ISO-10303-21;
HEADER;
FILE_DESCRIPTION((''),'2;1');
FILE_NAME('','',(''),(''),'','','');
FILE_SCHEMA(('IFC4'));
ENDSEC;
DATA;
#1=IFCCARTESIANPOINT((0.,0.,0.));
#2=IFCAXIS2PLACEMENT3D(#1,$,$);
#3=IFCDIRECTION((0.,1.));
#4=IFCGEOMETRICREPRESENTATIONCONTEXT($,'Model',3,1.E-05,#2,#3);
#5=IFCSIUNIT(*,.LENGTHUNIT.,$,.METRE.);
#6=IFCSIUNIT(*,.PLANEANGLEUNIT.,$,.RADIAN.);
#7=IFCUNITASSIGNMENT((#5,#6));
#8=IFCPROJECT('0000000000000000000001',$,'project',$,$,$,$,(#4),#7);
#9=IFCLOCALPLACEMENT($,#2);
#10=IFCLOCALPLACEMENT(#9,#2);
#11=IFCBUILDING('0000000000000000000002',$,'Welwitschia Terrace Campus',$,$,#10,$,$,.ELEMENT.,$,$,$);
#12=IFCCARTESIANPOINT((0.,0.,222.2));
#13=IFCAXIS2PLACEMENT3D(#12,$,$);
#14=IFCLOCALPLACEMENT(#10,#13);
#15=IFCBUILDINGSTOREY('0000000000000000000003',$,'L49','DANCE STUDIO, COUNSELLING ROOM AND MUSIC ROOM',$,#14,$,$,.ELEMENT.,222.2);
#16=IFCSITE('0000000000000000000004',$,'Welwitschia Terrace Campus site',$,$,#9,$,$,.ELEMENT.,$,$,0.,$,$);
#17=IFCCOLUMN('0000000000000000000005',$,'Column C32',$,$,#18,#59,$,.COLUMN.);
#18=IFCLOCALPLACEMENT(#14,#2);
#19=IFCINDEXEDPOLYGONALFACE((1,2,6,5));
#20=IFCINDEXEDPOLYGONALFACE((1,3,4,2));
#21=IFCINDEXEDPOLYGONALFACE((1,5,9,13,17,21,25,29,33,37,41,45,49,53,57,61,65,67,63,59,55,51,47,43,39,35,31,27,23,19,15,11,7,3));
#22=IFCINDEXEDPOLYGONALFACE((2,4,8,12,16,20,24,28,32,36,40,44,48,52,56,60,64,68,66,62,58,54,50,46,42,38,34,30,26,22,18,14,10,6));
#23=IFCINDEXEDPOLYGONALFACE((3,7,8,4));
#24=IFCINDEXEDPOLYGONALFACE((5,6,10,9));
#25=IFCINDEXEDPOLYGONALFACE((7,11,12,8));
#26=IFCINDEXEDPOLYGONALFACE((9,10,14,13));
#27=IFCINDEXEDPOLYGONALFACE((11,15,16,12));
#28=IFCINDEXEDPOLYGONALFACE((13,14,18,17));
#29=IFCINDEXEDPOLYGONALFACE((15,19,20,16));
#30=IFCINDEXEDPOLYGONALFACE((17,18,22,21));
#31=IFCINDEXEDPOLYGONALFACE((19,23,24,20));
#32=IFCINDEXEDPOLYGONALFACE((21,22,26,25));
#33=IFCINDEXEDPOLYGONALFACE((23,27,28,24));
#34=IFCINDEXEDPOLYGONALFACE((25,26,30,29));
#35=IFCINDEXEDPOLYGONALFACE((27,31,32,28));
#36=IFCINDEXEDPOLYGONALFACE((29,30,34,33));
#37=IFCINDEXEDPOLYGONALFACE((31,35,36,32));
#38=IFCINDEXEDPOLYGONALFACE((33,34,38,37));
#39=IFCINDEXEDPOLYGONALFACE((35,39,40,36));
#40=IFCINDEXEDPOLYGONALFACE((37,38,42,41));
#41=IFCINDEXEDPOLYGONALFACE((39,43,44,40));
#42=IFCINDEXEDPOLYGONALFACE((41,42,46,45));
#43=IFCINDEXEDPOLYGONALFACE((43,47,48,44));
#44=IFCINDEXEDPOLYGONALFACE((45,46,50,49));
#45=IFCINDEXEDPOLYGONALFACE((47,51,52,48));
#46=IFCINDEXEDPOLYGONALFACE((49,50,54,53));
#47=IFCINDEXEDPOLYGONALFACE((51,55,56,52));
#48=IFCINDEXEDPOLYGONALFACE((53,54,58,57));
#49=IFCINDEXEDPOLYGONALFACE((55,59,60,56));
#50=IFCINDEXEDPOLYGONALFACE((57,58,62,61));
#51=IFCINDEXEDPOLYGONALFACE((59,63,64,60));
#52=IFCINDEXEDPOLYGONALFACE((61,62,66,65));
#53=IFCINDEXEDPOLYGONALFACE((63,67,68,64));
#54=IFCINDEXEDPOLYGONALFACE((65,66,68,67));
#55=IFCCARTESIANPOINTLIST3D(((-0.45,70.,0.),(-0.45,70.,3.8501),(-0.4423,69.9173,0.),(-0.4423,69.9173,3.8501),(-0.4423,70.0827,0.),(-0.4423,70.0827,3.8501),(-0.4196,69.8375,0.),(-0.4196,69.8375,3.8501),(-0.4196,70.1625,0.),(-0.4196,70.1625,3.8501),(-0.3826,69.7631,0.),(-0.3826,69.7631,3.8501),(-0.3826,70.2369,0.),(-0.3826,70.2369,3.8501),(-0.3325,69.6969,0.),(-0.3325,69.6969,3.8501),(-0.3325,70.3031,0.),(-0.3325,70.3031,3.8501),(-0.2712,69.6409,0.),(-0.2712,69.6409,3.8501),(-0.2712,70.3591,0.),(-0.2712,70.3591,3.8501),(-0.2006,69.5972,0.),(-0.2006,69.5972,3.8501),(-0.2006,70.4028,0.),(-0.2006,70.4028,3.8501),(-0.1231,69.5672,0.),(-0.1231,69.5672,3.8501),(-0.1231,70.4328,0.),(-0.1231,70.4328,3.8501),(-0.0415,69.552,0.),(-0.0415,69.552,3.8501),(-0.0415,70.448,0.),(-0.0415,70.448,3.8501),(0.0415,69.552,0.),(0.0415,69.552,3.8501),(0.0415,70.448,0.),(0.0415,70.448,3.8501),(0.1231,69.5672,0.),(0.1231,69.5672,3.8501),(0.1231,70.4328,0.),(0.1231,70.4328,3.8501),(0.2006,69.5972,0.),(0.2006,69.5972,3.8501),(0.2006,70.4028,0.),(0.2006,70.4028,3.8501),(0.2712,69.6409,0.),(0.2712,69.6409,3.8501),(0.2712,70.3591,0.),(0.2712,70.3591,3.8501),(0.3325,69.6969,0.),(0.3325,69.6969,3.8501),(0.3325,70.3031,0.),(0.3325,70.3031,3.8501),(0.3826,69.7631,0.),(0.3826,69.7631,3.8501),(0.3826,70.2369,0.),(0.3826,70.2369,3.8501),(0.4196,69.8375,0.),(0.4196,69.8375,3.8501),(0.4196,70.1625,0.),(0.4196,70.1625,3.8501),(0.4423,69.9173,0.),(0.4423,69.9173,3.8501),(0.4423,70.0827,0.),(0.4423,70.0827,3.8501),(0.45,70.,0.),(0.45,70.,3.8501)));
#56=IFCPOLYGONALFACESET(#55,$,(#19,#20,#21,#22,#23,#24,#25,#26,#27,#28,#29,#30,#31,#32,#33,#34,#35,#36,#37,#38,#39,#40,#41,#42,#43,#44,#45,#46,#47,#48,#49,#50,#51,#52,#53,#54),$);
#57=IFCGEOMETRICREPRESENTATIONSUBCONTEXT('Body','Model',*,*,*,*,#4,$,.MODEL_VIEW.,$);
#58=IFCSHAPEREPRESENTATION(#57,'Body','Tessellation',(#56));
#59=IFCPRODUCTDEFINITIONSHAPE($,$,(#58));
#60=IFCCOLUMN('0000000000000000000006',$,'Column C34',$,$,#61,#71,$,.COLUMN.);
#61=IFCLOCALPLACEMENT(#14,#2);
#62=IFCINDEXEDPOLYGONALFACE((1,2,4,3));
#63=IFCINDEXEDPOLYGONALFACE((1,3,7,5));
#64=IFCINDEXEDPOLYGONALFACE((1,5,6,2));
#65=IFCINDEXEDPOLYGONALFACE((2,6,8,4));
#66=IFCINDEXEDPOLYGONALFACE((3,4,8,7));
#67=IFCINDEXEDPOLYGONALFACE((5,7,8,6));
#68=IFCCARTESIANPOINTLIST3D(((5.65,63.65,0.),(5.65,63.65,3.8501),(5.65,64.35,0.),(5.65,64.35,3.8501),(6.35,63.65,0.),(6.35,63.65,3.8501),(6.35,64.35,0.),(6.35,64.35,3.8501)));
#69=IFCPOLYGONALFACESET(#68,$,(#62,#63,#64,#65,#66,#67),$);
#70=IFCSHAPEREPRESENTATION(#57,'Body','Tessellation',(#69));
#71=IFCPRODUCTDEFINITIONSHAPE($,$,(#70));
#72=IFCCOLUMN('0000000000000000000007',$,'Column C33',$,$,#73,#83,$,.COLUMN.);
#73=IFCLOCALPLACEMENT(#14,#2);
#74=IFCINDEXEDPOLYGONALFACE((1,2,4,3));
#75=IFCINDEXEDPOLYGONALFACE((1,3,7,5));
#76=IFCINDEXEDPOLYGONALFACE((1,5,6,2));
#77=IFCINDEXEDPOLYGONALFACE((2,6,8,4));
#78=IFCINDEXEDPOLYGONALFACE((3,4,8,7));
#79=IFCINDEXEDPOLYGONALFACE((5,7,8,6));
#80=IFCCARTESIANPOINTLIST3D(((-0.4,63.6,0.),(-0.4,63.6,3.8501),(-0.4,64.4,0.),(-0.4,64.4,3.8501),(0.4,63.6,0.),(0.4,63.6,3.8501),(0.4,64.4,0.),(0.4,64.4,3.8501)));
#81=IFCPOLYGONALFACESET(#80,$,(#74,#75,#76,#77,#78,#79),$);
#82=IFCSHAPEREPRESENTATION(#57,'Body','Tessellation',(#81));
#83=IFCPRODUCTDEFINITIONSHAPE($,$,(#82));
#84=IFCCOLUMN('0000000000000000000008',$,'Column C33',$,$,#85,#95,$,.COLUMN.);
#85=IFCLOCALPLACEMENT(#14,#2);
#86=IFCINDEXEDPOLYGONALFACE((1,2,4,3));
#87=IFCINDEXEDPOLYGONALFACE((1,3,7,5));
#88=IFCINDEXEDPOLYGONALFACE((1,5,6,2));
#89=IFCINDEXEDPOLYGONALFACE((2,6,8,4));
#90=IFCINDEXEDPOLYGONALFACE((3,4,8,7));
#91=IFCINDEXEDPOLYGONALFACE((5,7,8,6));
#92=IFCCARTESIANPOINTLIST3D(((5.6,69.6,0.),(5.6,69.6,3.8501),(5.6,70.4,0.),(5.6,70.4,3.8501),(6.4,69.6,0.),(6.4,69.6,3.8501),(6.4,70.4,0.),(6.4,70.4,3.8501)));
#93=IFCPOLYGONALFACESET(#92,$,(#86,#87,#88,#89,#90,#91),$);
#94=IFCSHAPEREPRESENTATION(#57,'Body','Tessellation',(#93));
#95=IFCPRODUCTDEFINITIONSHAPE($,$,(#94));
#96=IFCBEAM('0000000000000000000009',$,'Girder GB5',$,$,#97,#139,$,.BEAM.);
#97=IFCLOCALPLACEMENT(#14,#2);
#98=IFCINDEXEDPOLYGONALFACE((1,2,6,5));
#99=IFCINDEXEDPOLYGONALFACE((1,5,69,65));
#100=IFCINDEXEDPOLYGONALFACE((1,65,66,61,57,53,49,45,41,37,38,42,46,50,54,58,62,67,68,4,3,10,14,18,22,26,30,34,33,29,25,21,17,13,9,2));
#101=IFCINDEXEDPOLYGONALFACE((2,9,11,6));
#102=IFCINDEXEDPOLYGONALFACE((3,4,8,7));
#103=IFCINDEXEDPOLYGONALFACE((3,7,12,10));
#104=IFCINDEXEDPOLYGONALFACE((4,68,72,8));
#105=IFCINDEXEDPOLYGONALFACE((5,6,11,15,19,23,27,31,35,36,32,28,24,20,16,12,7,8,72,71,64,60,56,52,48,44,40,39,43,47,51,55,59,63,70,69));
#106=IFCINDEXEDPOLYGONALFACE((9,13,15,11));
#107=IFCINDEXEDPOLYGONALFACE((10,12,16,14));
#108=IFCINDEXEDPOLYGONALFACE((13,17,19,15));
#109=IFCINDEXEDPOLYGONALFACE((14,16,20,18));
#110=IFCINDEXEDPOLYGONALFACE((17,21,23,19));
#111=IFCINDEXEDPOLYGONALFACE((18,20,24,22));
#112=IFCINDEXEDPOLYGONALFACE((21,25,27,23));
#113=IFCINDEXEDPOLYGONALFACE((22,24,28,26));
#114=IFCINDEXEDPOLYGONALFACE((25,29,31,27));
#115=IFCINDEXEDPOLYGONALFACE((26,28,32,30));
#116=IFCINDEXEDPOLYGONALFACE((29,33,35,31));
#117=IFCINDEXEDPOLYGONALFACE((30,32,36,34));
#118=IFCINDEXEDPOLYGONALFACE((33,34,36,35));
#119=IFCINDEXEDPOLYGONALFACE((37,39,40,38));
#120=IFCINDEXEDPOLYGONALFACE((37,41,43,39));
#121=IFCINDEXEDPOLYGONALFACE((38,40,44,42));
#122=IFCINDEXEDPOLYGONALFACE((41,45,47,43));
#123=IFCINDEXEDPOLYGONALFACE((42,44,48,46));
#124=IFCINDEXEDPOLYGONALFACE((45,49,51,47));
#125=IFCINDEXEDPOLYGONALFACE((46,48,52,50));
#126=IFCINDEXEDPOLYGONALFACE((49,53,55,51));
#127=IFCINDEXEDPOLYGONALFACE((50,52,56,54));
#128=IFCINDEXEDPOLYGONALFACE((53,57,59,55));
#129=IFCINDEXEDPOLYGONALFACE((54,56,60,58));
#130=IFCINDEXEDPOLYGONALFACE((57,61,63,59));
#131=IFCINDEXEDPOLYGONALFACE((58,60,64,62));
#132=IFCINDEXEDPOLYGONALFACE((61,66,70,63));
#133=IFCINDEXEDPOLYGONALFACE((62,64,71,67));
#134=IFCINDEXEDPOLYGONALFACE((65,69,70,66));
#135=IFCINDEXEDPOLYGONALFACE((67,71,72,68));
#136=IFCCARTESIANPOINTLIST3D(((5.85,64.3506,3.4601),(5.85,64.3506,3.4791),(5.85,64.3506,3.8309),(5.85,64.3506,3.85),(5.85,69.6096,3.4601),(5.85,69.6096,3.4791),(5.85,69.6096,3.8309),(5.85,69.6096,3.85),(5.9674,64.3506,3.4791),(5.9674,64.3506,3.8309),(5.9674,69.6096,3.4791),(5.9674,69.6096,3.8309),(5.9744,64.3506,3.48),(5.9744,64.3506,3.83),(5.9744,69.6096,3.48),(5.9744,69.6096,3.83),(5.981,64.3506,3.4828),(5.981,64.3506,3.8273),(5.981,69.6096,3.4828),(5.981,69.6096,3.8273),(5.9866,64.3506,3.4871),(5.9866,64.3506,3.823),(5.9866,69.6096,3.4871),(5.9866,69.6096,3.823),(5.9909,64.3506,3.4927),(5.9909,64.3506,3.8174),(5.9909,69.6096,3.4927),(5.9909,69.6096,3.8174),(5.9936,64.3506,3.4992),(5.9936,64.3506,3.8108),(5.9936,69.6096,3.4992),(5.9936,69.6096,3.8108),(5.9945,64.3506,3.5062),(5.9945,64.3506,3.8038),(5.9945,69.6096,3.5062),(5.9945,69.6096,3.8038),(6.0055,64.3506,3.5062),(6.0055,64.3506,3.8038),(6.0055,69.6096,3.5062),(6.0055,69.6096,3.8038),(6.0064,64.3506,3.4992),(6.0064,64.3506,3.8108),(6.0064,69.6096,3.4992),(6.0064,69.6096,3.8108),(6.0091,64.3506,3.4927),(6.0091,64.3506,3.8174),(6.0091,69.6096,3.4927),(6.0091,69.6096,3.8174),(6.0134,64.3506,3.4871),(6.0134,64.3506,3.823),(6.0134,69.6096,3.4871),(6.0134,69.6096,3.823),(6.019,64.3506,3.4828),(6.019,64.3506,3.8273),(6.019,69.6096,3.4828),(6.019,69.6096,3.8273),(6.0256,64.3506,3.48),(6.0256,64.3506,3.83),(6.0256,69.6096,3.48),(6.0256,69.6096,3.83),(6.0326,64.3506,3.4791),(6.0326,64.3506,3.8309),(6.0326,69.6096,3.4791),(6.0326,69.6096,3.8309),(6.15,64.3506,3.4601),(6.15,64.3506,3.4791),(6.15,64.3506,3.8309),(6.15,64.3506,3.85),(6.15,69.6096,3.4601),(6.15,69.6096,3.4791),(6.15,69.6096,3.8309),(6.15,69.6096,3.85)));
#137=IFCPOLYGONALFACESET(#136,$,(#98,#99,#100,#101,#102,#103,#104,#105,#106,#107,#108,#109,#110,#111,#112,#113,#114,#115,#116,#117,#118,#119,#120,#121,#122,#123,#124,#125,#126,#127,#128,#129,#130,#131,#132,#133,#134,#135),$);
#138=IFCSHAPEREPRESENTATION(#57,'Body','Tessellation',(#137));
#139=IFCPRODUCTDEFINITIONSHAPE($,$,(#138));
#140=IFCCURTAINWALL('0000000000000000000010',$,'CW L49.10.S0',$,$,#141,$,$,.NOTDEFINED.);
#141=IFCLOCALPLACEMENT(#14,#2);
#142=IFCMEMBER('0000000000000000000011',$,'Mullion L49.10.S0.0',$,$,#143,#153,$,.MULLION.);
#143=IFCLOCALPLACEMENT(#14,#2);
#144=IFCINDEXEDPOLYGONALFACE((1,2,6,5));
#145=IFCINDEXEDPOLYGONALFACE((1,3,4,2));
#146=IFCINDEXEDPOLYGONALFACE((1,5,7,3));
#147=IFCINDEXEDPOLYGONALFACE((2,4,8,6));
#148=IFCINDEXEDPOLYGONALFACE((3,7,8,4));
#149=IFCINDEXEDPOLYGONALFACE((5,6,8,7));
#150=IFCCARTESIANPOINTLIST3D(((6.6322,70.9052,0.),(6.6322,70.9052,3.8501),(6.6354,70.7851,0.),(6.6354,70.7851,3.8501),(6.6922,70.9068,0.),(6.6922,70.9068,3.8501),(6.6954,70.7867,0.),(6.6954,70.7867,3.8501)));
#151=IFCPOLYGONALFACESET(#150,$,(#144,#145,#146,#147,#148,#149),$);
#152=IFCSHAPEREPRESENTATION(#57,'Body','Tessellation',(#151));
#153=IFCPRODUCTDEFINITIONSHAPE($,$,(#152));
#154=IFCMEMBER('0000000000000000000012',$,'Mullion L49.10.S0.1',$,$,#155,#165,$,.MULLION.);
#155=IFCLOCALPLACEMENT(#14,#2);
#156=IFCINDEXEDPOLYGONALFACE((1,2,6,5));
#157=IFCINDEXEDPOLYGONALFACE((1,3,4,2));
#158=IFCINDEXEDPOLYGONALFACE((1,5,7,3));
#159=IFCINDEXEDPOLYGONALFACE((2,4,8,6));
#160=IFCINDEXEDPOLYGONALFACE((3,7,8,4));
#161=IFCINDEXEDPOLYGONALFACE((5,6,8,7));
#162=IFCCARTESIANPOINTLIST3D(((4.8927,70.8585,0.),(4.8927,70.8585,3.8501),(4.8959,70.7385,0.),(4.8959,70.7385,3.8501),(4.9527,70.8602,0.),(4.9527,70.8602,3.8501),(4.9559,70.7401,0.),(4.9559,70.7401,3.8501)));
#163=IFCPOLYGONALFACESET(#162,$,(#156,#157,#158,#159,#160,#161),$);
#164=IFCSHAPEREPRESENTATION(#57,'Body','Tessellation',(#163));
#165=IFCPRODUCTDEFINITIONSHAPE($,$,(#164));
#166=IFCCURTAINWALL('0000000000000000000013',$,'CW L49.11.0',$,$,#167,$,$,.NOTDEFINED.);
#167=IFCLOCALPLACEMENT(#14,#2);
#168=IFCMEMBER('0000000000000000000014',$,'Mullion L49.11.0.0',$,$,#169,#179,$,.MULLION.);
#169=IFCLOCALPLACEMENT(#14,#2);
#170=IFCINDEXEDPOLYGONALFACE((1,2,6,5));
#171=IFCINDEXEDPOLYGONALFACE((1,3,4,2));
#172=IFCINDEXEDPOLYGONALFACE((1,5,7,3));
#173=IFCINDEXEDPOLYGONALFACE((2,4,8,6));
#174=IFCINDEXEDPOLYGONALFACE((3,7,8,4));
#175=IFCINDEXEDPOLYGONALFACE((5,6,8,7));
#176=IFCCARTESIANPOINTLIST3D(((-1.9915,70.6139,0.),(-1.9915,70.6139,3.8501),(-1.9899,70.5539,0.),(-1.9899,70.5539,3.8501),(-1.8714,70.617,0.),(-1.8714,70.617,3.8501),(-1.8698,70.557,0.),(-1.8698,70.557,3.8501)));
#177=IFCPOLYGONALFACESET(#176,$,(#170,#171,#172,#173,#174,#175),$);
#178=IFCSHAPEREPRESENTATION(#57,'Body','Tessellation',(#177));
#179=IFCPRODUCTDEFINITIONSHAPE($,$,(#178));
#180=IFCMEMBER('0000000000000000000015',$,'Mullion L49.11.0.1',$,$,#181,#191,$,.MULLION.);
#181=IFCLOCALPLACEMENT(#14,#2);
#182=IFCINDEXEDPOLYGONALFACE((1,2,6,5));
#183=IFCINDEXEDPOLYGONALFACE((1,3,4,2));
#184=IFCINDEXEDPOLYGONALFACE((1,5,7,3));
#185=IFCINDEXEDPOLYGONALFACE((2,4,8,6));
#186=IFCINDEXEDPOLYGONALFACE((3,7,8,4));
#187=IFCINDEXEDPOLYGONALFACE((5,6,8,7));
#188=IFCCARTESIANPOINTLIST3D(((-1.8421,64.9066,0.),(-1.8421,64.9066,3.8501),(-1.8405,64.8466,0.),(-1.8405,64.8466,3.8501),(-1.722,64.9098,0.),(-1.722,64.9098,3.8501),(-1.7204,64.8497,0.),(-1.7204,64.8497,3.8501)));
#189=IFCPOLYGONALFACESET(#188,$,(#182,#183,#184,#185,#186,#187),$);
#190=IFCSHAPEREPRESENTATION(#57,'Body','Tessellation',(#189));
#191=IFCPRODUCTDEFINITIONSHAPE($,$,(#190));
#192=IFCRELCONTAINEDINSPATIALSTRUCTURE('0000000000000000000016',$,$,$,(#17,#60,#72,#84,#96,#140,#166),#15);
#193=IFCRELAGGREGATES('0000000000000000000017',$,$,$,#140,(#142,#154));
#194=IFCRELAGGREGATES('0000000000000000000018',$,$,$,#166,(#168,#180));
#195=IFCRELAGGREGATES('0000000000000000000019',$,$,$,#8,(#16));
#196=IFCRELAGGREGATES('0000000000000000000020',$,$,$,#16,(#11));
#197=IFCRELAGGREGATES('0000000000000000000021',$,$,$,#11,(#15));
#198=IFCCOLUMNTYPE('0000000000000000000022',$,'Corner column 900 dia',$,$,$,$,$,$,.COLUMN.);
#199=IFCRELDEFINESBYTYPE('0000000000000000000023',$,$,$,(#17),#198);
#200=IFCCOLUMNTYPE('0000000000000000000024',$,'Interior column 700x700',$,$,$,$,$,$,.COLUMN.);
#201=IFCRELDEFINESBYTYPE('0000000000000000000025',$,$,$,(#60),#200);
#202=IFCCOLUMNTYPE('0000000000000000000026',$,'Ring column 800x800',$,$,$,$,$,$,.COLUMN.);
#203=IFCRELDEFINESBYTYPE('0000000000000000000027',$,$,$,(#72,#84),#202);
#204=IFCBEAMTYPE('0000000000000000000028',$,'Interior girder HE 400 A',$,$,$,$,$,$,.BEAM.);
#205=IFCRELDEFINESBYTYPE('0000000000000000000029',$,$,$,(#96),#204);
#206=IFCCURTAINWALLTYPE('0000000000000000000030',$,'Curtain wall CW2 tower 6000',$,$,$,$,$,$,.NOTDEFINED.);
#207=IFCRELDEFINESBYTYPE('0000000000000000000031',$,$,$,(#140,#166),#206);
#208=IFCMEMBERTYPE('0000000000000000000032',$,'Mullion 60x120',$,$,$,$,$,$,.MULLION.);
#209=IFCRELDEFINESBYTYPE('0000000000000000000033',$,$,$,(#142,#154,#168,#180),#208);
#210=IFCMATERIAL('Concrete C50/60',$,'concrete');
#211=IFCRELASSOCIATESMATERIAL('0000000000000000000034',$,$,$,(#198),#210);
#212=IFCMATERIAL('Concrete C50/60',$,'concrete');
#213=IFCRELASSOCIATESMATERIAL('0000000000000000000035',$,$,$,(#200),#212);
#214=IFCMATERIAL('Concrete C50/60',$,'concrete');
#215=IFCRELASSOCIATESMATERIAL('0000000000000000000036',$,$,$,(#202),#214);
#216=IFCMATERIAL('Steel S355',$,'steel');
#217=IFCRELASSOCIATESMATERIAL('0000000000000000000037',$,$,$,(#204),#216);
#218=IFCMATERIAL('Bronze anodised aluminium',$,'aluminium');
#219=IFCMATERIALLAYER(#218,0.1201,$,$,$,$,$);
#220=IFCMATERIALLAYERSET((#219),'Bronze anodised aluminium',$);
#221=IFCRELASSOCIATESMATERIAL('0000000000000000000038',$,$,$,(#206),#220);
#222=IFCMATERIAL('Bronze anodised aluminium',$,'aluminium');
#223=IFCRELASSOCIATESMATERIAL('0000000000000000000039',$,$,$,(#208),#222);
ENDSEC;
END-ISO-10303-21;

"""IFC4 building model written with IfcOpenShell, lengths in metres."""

from ifc_helpers import new_model, si_unit, direction, frame, origin, origin_2d, place, context, subcontext, project, spatial, rectangle, circle, i_section, extrude, material, layer, layer_set, material_profile, profile_set, type_object, element, aggregate, save


model = new_model("IFC4")

# Units and contexts
model_context = context("Model", 3, precision=1e-05, world=origin(), true_north=direction((0.0, 1.0)))
body_context = subcontext(model_context, "Body", "Model", "MODEL_VIEW")
ifc_project = project(units=[si_unit("LENGTHUNIT", "METRE"), si_unit("PLANEANGLEUNIT", "RADIAN")], contexts=[model_context])

# Site, building, storey
site_placement = place(None, origin())
site = spatial("IfcSite", under=ifc_project, at=site_placement, Name="Welwitschia Terrace Campus site", CompositionType="ELEMENT", RefElevation=0.0)
building_placement = place(site_placement, origin())
building = spatial("IfcBuilding", under=site, at=building_placement, Name="Welwitschia Terrace Campus", CompositionType="ELEMENT")
storey_placement = place(building_placement, frame((0.0, 0.0, 222.2)))
storey = spatial("IfcBuildingStorey", under=building, at=storey_placement, Name="L49", Description="DANCE STUDIO, COUNSELLING ROOM AND MUSIC ROOM", CompositionType="ELEMENT", Elevation=222.2)

# Columns
ifc_material_1 = material(Name="Concrete C50/60", Category="concrete")
ifc_material_profile_1 = material_profile(ifc_material_1, circle(Radius=0.45, at=origin_2d()))
ifc_profile_set_1 = profile_set([ifc_material_profile_1], Name="Concrete C50/60")
column_type_1 = type_object("IfcColumnType", Name="Corner column 900 dia", PredefinedType="COLUMN", material=ifc_profile_set_1)
column_1_placement = place(storey_placement, frame((0.0, 70.0, 0.0), z_axis=(0.0, 0.0, 1.0), x_axis=(1.0, 0.0, 0.0)))
element("IfcColumn", 1, at=column_1_placement, inside=storey, type_object=column_type_1, Name="Column C32", PredefinedType="COLUMN", context=body_context, shape_type="SweptSolid", body=[
    extrude(circle(Radius=0.45, at=origin_2d()), origin(), (0.0, 0.0, 1.0), 3.8501),
])
ifc_material_2 = material(Name="Concrete C50/60", Category="concrete")
ifc_material_profile_2 = material_profile(ifc_material_2, rectangle(XDim=0.7, YDim=0.7, at=origin_2d()))
ifc_profile_set_2 = profile_set([ifc_material_profile_2], Name="Concrete C50/60")
column_type_2 = type_object("IfcColumnType", Name="Interior column 700x700", PredefinedType="COLUMN", material=ifc_profile_set_2)
column_2_placement = place(storey_placement, frame((6.0, 64.0, 0.0), z_axis=(0.0, 0.0, 1.0), x_axis=(1.0, 0.0, 0.0)))
element("IfcColumn", 2, at=column_2_placement, inside=storey, type_object=column_type_2, Name="Column C34", PredefinedType="COLUMN", context=body_context, shape_type="SweptSolid", body=[
    extrude(rectangle(XDim=0.7, YDim=0.7, at=origin_2d()), origin(), (0.0, 0.0, 1.0), 3.8501),
])
ifc_material_3 = material(Name="Concrete C50/60", Category="concrete")
ifc_material_profile_3 = material_profile(ifc_material_3, rectangle(XDim=0.8, YDim=0.8, at=origin_2d()))
ifc_profile_set_3 = profile_set([ifc_material_profile_3], Name="Concrete C50/60")
column_type_3 = type_object("IfcColumnType", Name="Ring column 800x800", PredefinedType="COLUMN", material=ifc_profile_set_3)
for number, where, z_axis, x_axis, name in (
    (3, (0.0, 64.0, 0.0), (0.0, 0.0, 1.0), (1.0, 0.0, 0.0), "Column C33"),
    (4, (6.0, 70.0, 0.0), (0.0, 0.0, 1.0), (1.0, 0.0, 0.0), "Column C33"),
):
    element("IfcColumn", number, at=place(storey_placement, frame(where, z_axis=z_axis, x_axis=x_axis)), inside=storey, type_object=column_type_3, Name=name, PredefinedType="COLUMN", context=body_context, shape_type="SweptSolid", body=[
        extrude(rectangle(XDim=0.8, YDim=0.8, at=origin_2d()), origin(), (0.0, 0.0, 1.0), 3.8501),
    ])

# Beam
ifc_material_4 = material(Name="Steel S355", Category="steel")
ifc_material_profile_4 = material_profile(ifc_material_4, i_section(OverallWidth=0.3, OverallDepth=0.3899, WebThickness=0.011, FlangeThickness=0.019, FilletRadius=0.0271, at=origin_2d()))
ifc_profile_set_4 = profile_set([ifc_material_profile_4], Name="Steel S355")
beam_type_1 = type_object("IfcBeamType", Name="Interior girder HE 400 A", PredefinedType="BEAM", material=ifc_profile_set_4)
beam_1_placement = place(storey_placement, frame((6.0, 64.3506, 3.655), z_axis=(0.0, 1.0, 0.0), x_axis=(-1.0, 0.0, 0.0)))
element("IfcBeam", 5, at=beam_1_placement, inside=storey, type_object=beam_type_1, Name="Girder GB5", PredefinedType="BEAM", context=body_context, shape_type="SweptSolid", body=[
    extrude(i_section(OverallWidth=0.3, OverallDepth=0.3899, WebThickness=0.011, FlangeThickness=0.019, FilletRadius=0.0271, at=origin_2d()), origin(), (0.0, 0.0, 1.0), 5.259),
])

# Curtain walls, members
ifc_material_5 = material(Name="Bronze anodised aluminium", Category="aluminium")
ifc_layer_1 = layer(ifc_material_5, 0.1201)
ifc_layer_set_1 = layer_set([ifc_layer_1], Name="Bronze anodised aluminium")
curtain_wall_type = type_object("IfcCurtainWallType", Name="Curtain wall CW2 tower 6000", PredefinedType="NOTDEFINED", material=ifc_layer_set_1)
curtain_wall_1_placement = place(storey_placement, origin())
curtain_wall_1 = element("IfcCurtainWall", 6, at=curtain_wall_1_placement, inside=storey, type_object=curtain_wall_type, Name="CW L49.10.S0", PredefinedType="NOTDEFINED")
ifc_material_6 = material(Name="Bronze anodised aluminium", Category="aluminium")
ifc_material_profile_5 = material_profile(ifc_material_6, rectangle(XDim=0.1201, YDim=0.0601, at=origin_2d()))
ifc_profile_set_5 = profile_set([ifc_material_profile_5], Name="Bronze anodised aluminium")
member_type_1 = type_object("IfcMemberType", Name="Mullion 60x120", PredefinedType="MULLION", material=ifc_profile_set_5)
member_1_placement = place(storey_placement, frame((6.6638, 70.8459, 0.0), z_axis=(0.0, 0.0, 1.0), x_axis=(0.026824, -0.99964, 0.0)))
member_1 = element("IfcMember", 7, at=member_1_placement, type_object=member_type_1, Name="Mullion L49.10.S0.0", PredefinedType="MULLION", context=body_context, shape_type="SweptSolid", body=[
    extrude(rectangle(XDim=0.1201, YDim=0.0601, at=origin_2d()), origin(), (0.0, 0.0, 1.0), 3.8501),
])
member_2_placement = place(storey_placement, frame((4.9243, 70.7993, 0.0), z_axis=(0.0, 0.0, 1.0), x_axis=(0.026824, -0.99964, 0.0)))
member_2 = element("IfcMember", 8, at=member_2_placement, type_object=member_type_1, Name="Mullion L49.10.S0.1", PredefinedType="MULLION", context=body_context, shape_type="SweptSolid", body=[
    extrude(rectangle(XDim=0.1201, YDim=0.0601, at=origin_2d()), origin(), (0.0, 0.0, 1.0), 3.8501),
])
curtain_wall_2_placement = place(storey_placement, origin())
curtain_wall_2 = element("IfcCurtainWall", 9, at=curtain_wall_2_placement, inside=storey, type_object=curtain_wall_type, Name="CW L49.11.0", PredefinedType="NOTDEFINED")
member_3_placement = place(storey_placement, frame((-1.9307, 70.5854, 0.0), z_axis=(0.0, 0.0, 1.0), x_axis=(0.999657, 0.026177, 0.0)))
member_3 = element("IfcMember", 10, at=member_3_placement, type_object=member_type_1, Name="Mullion L49.11.0.0", PredefinedType="MULLION", context=body_context, shape_type="SweptSolid", body=[
    extrude(rectangle(XDim=0.1201, YDim=0.0601, at=origin_2d()), origin(), (0.0, 0.0, 1.0), 3.8501),
])
member_4_placement = place(storey_placement, frame((-1.7812, 64.8782, 0.0), z_axis=(0.0, 0.0, 1.0), x_axis=(0.999657, 0.026177, 0.0)))
member_4 = element("IfcMember", 11, at=member_4_placement, type_object=member_type_1, Name="Mullion L49.11.0.1", PredefinedType="MULLION", context=body_context, shape_type="SweptSolid", body=[
    extrude(rectangle(XDim=0.1201, YDim=0.0601, at=origin_2d()), origin(), (0.0, 0.0, 1.0), 3.8501),
])

aggregate(curtain_wall_1, [member_1, member_2])
aggregate(curtain_wall_2, [member_3, member_4])

save(model, "model.ifc")
